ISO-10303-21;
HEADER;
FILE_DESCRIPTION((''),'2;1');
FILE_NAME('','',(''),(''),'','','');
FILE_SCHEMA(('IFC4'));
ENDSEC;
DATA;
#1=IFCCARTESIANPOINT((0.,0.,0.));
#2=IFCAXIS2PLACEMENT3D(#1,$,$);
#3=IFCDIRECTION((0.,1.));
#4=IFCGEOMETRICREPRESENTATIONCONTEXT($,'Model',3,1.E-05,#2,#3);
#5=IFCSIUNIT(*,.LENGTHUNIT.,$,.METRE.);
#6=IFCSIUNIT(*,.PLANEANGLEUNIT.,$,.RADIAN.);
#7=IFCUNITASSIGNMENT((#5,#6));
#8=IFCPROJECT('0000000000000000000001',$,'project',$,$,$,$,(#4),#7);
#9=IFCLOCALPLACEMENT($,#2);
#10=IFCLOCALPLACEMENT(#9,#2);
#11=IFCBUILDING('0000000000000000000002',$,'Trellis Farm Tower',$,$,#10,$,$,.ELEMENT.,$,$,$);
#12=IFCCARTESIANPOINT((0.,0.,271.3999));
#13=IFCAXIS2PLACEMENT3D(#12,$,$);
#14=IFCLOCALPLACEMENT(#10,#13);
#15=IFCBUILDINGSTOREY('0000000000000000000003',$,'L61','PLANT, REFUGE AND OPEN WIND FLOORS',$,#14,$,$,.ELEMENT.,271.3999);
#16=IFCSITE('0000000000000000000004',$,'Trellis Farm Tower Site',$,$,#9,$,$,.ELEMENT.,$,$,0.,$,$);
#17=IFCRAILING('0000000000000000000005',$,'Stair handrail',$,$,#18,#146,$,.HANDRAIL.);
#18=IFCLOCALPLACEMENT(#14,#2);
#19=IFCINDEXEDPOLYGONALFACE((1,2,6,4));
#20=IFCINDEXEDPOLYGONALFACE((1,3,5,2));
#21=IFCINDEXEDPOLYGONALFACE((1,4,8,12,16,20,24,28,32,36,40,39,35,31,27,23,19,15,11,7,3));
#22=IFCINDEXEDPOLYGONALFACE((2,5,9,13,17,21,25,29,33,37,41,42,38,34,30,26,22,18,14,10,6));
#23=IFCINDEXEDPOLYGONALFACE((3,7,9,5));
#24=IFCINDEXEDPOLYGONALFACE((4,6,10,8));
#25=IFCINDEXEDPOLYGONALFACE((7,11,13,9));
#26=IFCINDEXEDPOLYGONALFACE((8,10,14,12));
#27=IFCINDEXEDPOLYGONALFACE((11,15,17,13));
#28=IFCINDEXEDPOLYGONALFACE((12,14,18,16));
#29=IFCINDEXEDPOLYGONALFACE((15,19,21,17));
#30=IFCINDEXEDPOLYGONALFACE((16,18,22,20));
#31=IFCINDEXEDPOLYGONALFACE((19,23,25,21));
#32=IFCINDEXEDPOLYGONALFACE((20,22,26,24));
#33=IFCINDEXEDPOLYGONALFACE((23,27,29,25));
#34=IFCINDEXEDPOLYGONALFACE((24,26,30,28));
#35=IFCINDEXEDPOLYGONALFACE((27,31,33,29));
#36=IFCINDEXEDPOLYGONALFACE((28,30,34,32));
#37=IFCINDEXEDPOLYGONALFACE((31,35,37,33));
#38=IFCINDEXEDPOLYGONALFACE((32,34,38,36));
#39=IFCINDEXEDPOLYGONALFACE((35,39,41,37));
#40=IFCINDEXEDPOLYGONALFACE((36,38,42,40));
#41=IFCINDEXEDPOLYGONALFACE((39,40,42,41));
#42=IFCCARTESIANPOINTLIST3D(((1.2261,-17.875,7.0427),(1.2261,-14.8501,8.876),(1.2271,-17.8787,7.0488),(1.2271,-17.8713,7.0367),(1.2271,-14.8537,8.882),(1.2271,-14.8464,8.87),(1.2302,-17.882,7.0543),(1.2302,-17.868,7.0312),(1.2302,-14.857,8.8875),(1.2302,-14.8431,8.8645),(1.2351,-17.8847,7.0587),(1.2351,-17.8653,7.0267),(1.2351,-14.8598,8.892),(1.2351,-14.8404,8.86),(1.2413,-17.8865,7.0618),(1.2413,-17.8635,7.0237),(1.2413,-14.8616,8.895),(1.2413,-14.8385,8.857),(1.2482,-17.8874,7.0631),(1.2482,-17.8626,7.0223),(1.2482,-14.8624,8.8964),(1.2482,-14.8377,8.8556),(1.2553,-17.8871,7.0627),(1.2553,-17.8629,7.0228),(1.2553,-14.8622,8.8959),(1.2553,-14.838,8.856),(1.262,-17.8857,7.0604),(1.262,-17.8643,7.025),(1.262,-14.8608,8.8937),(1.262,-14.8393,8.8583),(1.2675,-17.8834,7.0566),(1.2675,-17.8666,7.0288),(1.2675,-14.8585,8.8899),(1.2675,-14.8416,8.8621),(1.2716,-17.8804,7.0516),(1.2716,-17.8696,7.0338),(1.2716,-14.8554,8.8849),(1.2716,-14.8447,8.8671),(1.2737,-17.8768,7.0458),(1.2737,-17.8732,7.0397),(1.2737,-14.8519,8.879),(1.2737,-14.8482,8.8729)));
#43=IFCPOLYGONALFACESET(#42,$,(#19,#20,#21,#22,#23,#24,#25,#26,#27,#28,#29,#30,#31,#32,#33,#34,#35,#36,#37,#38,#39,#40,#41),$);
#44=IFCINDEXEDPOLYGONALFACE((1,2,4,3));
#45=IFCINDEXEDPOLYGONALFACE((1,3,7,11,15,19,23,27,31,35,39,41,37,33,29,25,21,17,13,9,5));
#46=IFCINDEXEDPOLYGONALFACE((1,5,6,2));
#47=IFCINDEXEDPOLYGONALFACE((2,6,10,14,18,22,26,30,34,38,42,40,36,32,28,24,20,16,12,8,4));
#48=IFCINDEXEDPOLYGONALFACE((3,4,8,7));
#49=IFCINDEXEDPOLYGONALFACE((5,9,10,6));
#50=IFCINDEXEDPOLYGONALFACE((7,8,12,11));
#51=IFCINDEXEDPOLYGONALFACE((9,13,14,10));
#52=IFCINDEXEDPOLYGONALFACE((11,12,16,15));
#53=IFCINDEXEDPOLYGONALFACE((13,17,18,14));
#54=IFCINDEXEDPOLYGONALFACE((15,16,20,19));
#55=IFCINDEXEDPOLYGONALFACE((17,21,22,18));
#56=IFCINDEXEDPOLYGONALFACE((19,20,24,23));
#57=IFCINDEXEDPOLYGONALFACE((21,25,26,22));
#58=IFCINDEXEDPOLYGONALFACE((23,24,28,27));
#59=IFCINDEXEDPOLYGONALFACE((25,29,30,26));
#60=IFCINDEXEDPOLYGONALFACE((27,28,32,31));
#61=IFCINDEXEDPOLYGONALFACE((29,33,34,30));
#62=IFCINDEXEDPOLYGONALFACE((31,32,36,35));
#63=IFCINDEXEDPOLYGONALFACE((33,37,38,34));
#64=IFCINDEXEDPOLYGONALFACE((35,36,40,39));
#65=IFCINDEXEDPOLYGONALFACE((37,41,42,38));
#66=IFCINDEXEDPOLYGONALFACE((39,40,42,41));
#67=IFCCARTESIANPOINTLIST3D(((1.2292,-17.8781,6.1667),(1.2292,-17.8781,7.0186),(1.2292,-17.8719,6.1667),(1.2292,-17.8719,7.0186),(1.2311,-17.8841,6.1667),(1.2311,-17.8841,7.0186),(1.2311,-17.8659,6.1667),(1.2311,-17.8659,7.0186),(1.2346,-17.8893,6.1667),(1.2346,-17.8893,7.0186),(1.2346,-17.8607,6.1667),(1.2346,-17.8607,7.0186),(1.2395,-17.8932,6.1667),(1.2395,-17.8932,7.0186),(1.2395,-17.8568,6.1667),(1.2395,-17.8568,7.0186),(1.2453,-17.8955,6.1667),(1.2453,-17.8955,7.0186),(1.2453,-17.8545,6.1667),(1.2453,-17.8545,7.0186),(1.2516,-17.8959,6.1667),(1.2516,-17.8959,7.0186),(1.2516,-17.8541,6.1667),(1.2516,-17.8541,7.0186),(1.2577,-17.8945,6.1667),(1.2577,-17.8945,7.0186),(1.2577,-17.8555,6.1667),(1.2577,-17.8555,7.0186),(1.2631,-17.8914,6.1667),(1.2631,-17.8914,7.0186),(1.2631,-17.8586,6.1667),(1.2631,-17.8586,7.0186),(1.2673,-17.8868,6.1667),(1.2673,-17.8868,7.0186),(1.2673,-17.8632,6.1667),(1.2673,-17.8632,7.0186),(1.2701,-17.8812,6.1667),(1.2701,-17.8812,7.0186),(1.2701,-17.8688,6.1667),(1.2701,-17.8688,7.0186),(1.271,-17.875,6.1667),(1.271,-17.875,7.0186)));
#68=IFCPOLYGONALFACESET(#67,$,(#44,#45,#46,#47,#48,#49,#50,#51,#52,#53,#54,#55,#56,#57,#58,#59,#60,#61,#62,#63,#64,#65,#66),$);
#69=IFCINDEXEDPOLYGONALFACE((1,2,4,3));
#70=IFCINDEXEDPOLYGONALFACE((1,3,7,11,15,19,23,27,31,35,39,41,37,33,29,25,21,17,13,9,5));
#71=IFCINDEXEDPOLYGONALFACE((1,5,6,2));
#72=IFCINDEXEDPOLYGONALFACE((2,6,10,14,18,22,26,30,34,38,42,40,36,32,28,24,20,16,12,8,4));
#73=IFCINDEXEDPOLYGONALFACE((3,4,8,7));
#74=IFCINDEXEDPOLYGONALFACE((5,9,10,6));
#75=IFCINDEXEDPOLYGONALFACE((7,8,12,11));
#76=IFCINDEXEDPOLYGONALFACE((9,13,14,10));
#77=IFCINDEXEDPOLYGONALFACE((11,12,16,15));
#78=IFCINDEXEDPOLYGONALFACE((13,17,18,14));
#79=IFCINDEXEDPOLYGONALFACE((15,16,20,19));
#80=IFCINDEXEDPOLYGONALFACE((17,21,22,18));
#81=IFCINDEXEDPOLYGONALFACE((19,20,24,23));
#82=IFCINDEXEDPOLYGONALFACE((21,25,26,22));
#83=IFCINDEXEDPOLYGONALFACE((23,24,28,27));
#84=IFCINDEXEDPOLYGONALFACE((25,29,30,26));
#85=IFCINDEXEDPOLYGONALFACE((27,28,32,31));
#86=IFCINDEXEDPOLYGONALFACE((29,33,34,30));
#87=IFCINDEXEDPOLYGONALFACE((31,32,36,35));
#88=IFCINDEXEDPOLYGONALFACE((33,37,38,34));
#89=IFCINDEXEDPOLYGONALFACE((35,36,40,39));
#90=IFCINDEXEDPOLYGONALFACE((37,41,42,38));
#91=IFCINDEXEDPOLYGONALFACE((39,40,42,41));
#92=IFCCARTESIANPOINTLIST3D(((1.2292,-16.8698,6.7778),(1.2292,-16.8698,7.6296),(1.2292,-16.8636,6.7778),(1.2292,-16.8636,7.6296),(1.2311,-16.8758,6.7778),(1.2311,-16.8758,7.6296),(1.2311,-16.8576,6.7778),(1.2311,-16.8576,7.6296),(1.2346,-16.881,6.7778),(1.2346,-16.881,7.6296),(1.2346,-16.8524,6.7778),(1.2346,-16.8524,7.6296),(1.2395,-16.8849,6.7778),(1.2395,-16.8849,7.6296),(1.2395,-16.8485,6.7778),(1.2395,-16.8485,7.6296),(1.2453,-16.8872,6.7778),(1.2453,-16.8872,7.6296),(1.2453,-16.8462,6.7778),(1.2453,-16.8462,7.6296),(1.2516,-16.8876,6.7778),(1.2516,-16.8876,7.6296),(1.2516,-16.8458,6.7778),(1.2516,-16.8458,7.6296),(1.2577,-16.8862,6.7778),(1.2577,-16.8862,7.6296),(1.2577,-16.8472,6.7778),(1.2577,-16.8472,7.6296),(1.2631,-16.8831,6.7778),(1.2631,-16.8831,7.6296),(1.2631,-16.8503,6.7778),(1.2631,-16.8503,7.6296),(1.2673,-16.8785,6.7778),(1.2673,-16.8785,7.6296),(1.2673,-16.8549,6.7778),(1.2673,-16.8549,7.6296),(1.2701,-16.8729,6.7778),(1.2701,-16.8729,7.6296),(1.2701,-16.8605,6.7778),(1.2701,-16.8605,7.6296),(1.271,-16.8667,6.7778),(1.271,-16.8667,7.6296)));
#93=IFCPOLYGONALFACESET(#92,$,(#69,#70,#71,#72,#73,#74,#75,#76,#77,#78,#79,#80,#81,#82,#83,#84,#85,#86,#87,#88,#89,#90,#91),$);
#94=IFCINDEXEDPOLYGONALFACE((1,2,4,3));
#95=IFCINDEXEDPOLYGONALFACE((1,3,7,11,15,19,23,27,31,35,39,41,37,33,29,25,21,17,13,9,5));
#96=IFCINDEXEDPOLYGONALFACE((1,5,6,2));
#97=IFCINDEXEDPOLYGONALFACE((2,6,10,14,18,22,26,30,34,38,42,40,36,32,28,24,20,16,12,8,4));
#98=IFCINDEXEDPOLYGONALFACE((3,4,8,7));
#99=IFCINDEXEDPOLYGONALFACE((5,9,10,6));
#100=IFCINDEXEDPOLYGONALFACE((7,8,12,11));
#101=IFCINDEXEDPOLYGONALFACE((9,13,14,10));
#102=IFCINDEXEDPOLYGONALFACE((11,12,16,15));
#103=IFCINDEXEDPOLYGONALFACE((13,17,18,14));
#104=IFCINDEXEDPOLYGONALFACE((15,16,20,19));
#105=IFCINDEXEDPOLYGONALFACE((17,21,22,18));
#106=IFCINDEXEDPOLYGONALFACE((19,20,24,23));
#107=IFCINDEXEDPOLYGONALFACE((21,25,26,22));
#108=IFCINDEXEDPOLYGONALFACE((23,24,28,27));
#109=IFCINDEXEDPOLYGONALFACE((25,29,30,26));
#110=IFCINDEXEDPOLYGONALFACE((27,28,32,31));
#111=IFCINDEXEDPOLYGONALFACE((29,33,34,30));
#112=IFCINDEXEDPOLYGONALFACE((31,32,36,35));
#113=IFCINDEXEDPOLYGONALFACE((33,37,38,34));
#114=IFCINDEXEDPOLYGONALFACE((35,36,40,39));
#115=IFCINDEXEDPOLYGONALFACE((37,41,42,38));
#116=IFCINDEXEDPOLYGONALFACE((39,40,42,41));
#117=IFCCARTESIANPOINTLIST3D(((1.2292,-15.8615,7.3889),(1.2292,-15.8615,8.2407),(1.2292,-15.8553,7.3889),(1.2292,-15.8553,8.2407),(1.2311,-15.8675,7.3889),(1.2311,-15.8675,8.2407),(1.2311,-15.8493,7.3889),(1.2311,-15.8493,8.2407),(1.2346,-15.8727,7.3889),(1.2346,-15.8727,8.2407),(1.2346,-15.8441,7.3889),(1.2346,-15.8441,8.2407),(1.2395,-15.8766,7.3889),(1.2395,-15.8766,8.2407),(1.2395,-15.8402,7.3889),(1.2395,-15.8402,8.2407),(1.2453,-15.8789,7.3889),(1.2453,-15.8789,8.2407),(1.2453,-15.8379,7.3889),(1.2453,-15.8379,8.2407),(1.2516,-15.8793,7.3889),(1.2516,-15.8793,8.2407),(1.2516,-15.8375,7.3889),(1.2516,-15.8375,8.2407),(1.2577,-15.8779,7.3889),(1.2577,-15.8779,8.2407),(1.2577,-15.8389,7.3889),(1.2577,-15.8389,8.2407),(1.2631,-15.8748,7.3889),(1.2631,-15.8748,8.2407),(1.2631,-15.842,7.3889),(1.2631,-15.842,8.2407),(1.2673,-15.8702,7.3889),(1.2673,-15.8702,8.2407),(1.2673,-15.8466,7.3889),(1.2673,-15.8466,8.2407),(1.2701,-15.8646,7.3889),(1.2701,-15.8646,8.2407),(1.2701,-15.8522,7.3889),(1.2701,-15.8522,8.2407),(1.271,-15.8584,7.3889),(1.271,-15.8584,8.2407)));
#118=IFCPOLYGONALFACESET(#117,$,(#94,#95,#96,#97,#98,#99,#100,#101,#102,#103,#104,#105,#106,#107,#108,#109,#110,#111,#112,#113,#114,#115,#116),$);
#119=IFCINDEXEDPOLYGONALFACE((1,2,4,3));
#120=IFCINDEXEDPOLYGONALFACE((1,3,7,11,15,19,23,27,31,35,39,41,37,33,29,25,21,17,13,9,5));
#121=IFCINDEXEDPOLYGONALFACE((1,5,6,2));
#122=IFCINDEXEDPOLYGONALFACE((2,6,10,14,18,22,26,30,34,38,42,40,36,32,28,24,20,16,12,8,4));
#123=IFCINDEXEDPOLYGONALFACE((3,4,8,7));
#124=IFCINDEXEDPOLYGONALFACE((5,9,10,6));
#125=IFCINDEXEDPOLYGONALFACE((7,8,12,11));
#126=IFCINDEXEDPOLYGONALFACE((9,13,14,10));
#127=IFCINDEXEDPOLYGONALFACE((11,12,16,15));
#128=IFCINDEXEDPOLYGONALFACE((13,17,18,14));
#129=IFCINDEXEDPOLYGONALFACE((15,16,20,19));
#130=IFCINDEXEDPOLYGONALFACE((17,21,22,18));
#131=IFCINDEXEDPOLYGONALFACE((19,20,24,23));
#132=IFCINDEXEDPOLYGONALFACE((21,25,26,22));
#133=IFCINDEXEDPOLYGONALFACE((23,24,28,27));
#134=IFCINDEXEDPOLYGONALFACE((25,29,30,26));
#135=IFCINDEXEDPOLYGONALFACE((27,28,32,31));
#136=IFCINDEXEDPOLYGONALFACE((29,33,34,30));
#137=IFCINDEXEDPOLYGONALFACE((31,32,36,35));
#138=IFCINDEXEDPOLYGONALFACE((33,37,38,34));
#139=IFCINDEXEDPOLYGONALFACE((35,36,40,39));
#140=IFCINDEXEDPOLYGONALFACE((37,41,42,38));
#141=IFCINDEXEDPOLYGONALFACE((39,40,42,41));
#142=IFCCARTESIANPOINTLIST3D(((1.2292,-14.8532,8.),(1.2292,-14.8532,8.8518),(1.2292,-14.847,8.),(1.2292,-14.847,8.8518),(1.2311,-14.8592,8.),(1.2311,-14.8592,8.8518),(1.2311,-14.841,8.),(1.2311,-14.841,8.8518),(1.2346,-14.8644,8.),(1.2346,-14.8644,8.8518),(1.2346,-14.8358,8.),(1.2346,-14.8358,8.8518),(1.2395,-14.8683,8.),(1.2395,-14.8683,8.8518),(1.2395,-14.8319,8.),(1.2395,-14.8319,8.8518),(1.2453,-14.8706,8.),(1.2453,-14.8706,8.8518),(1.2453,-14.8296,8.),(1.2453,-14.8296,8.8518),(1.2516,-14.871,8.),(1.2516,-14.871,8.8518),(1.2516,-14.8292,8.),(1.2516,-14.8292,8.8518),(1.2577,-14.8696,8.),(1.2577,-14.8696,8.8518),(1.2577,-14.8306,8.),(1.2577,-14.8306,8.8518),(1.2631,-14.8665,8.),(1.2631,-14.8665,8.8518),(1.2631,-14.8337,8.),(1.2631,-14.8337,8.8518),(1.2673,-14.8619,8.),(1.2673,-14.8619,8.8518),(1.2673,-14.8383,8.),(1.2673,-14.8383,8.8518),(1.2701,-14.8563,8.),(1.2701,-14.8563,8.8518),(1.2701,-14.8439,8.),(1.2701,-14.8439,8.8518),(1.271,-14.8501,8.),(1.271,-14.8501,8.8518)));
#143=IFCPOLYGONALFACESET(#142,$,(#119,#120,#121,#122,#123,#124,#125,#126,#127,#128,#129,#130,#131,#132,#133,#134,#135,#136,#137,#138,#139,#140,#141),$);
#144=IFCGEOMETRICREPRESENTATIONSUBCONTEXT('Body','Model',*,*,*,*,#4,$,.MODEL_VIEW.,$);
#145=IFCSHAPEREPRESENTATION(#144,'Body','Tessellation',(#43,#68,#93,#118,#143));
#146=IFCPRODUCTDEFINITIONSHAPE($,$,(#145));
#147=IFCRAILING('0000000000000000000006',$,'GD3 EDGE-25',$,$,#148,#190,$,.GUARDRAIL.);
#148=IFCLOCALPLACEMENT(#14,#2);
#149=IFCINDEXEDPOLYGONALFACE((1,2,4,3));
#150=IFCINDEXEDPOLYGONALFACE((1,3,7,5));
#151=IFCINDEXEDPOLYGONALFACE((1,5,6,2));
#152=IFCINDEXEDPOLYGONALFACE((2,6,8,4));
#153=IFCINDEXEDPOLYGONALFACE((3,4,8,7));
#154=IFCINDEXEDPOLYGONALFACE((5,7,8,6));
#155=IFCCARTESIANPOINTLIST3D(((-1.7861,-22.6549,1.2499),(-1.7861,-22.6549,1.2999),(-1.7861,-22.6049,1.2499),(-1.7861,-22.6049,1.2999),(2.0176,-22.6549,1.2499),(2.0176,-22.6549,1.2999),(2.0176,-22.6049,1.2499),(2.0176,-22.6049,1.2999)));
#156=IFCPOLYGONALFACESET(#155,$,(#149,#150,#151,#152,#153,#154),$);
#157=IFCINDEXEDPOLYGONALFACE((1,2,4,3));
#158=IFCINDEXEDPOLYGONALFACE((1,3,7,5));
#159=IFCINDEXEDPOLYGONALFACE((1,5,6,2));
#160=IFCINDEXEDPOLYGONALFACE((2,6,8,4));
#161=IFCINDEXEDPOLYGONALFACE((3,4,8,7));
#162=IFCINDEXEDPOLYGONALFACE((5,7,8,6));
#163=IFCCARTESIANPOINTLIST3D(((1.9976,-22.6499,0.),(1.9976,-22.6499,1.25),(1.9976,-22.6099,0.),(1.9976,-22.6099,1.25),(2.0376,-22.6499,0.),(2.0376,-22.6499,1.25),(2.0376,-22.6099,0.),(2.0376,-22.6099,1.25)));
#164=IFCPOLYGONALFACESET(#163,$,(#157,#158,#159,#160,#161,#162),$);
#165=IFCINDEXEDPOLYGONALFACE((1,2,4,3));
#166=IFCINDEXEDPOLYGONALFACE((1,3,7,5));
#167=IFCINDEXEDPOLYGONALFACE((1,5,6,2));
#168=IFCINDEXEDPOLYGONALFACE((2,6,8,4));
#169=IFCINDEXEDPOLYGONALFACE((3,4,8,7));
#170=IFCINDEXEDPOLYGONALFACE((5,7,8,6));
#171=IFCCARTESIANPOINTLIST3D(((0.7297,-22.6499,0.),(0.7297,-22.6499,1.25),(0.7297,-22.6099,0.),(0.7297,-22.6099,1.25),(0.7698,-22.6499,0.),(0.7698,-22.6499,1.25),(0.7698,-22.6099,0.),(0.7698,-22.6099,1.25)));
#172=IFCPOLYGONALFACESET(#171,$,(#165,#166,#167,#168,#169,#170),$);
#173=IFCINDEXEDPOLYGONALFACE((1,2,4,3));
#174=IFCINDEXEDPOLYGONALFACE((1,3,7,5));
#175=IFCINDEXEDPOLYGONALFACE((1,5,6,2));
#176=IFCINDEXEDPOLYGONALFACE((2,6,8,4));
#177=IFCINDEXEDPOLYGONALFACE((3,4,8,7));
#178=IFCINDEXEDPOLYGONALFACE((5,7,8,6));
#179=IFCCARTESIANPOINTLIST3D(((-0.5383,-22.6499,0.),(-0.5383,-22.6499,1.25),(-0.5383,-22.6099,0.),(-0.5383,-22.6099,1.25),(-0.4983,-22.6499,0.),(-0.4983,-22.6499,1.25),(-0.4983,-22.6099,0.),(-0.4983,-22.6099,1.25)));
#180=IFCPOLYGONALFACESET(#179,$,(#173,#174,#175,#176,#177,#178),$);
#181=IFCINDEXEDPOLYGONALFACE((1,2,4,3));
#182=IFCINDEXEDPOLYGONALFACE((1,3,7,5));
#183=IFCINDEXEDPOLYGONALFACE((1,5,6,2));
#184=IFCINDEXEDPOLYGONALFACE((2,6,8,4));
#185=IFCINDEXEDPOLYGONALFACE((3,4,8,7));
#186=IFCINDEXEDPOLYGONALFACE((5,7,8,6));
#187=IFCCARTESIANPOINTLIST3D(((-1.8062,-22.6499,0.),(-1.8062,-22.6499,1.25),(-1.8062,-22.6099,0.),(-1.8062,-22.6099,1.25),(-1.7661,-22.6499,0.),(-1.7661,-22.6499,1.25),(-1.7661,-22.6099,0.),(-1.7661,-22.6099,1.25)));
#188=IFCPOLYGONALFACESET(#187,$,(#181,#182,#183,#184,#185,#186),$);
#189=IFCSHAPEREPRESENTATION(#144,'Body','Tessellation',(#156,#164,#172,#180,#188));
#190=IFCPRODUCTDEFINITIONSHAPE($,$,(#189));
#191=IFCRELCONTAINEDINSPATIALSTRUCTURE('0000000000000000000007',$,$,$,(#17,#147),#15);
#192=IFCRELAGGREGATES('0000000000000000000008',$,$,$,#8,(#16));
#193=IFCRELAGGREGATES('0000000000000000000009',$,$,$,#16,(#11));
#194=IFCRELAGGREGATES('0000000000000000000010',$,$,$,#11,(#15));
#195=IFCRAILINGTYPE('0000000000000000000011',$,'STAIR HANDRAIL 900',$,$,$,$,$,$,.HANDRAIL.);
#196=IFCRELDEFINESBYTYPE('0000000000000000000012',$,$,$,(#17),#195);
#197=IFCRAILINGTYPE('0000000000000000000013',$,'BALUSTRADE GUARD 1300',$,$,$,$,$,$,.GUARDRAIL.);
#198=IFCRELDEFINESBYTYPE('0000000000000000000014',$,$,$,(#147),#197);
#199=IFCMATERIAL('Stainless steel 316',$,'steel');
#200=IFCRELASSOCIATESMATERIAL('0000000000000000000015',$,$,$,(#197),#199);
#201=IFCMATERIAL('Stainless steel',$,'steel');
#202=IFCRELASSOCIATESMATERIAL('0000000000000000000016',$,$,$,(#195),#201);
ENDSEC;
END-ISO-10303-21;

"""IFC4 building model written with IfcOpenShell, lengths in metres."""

from ifc_helpers import new_model, si_unit, direction, frame, origin, origin_2d, place, context, subcontext, project, spatial, rectangle, circle, extrude, source, transform, mapped, material, type_object, element, save


model = new_model("IFC4")

# Units and contexts
model_context = context("Model", 3, precision=1e-05, world=origin(), true_north=direction((0.0, 1.0)))
body_context = subcontext(model_context, "Body", "Model", "MODEL_VIEW")
ifc_project = project(units=[si_unit("LENGTHUNIT", "METRE"), si_unit("PLANEANGLEUNIT", "RADIAN")], contexts=[model_context])

# Site, building, storey
site_placement = place(None, origin())
site = spatial("IfcSite", under=ifc_project, at=site_placement, Name="Trellis Farm Tower Site", CompositionType="ELEMENT", RefElevation=0.0)
building_placement = place(site_placement, origin())
building = spatial("IfcBuilding", under=site, at=building_placement, Name="Trellis Farm Tower", CompositionType="ELEMENT")
storey_placement = place(building_placement, frame((0.0, 0.0, 271.3999)))
storey = spatial("IfcBuildingStorey", under=building, at=storey_placement, Name="L61", Description="PLANT, REFUGE AND OPEN WIND FLOORS", CompositionType="ELEMENT", Elevation=271.3999)

# Railings
ifc_material_1 = material(Name="Stainless steel 316", Category="steel")
railing_type_1 = type_object("IfcRailingType", Name="BALUSTRADE GUARD 1300", PredefinedType="GUARDRAIL", material=ifc_material_1)
ifc_material_2 = material(Name="Stainless steel", Category="steel")
railing_type_2 = type_object("IfcRailingType", Name="STAIR HANDRAIL 900", PredefinedType="HANDRAIL", material=ifc_material_2)
shared_shape_1 = source(origin(), body_context, "Body", "SweptSolid", [
    extrude(circle(Radius=0.0239, at=origin_2d()), frame((0.0, 0.0, 0.876), z_axis=(0.0, 0.855201, 0.518297), x_axis=(-1.0, 0.0, 0.0)), (0.0, 0.0, 1.0), 3.5371),
    extrude(circle(Radius=0.021, at=origin_2d()), origin(), (0.0, 0.0, 1.0), 0.8518),
    extrude(circle(Radius=0.021, at=origin_2d()), frame((0.0, 1.0083, 0.6111)), (0.0, 0.0, 1.0), 0.8518),
    extrude(circle(Radius=0.021, at=origin_2d()), frame((0.0, 2.0166, 1.2222)), (0.0, 0.0, 1.0), 0.8518),
    extrude(circle(Radius=0.021, at=origin_2d()), frame((0.0, 3.0249, 1.8333)), (0.0, 0.0, 1.0), 0.8518),
])
for number, where, name in (
    (1, (1.25, -17.875, 6.1667), "Stair handrail"),
):
    element("IfcRailing", number, at=place(storey_placement, frame(where)), inside=storey, type_object=railing_type_2, Name=name, PredefinedType="HANDRAIL", context=body_context, shape_type="MappedRepresentation", body=[
        mapped(shared_shape_1, transform((0.0, 0.0, 0.0))),
    ])
shared_shape_2 = source(origin(), body_context, "Body", "SweptSolid", [
    extrude(rectangle(XDim=0.05, YDim=0.05, at=origin_2d()), frame((0.0, 0.0, 1.2749), z_axis=(-1.0, 0.0, 0.0), x_axis=(0.0, -1.0, 0.0)), (0.0, 0.0, 1.0), 3.8037),
    extrude(rectangle(XDim=0.04, YDim=0.04, at=origin_2d()), origin(), (0.0, 0.0, 1.0), 1.25),
    extrude(rectangle(XDim=0.04, YDim=0.04, at=origin_2d()), frame((-1.2678, 0.0, 0.0)), (0.0, 0.0, 1.0), 1.25),
    extrude(rectangle(XDim=0.04, YDim=0.04, at=origin_2d()), frame((-2.5359, 0.0, 0.0)), (0.0, 0.0, 1.0), 1.25),
    extrude(rectangle(XDim=0.04, YDim=0.04, at=origin_2d()), frame((-3.8037, 0.0, 0.0)), (0.0, 0.0, 1.0), 1.25),
])
railing_1_placement = place(storey_placement, frame((2.0176, -22.6299, 0.0)))
element("IfcRailing", 2, at=railing_1_placement, inside=storey, type_object=railing_type_1, Name="GD3 EDGE-25", PredefinedType="GUARDRAIL", context=body_context, shape_type="MappedRepresentation", body=[
    mapped(shared_shape_2, transform((0.0, 0.0, 0.0))),
])

save(model, "model.ifc")
